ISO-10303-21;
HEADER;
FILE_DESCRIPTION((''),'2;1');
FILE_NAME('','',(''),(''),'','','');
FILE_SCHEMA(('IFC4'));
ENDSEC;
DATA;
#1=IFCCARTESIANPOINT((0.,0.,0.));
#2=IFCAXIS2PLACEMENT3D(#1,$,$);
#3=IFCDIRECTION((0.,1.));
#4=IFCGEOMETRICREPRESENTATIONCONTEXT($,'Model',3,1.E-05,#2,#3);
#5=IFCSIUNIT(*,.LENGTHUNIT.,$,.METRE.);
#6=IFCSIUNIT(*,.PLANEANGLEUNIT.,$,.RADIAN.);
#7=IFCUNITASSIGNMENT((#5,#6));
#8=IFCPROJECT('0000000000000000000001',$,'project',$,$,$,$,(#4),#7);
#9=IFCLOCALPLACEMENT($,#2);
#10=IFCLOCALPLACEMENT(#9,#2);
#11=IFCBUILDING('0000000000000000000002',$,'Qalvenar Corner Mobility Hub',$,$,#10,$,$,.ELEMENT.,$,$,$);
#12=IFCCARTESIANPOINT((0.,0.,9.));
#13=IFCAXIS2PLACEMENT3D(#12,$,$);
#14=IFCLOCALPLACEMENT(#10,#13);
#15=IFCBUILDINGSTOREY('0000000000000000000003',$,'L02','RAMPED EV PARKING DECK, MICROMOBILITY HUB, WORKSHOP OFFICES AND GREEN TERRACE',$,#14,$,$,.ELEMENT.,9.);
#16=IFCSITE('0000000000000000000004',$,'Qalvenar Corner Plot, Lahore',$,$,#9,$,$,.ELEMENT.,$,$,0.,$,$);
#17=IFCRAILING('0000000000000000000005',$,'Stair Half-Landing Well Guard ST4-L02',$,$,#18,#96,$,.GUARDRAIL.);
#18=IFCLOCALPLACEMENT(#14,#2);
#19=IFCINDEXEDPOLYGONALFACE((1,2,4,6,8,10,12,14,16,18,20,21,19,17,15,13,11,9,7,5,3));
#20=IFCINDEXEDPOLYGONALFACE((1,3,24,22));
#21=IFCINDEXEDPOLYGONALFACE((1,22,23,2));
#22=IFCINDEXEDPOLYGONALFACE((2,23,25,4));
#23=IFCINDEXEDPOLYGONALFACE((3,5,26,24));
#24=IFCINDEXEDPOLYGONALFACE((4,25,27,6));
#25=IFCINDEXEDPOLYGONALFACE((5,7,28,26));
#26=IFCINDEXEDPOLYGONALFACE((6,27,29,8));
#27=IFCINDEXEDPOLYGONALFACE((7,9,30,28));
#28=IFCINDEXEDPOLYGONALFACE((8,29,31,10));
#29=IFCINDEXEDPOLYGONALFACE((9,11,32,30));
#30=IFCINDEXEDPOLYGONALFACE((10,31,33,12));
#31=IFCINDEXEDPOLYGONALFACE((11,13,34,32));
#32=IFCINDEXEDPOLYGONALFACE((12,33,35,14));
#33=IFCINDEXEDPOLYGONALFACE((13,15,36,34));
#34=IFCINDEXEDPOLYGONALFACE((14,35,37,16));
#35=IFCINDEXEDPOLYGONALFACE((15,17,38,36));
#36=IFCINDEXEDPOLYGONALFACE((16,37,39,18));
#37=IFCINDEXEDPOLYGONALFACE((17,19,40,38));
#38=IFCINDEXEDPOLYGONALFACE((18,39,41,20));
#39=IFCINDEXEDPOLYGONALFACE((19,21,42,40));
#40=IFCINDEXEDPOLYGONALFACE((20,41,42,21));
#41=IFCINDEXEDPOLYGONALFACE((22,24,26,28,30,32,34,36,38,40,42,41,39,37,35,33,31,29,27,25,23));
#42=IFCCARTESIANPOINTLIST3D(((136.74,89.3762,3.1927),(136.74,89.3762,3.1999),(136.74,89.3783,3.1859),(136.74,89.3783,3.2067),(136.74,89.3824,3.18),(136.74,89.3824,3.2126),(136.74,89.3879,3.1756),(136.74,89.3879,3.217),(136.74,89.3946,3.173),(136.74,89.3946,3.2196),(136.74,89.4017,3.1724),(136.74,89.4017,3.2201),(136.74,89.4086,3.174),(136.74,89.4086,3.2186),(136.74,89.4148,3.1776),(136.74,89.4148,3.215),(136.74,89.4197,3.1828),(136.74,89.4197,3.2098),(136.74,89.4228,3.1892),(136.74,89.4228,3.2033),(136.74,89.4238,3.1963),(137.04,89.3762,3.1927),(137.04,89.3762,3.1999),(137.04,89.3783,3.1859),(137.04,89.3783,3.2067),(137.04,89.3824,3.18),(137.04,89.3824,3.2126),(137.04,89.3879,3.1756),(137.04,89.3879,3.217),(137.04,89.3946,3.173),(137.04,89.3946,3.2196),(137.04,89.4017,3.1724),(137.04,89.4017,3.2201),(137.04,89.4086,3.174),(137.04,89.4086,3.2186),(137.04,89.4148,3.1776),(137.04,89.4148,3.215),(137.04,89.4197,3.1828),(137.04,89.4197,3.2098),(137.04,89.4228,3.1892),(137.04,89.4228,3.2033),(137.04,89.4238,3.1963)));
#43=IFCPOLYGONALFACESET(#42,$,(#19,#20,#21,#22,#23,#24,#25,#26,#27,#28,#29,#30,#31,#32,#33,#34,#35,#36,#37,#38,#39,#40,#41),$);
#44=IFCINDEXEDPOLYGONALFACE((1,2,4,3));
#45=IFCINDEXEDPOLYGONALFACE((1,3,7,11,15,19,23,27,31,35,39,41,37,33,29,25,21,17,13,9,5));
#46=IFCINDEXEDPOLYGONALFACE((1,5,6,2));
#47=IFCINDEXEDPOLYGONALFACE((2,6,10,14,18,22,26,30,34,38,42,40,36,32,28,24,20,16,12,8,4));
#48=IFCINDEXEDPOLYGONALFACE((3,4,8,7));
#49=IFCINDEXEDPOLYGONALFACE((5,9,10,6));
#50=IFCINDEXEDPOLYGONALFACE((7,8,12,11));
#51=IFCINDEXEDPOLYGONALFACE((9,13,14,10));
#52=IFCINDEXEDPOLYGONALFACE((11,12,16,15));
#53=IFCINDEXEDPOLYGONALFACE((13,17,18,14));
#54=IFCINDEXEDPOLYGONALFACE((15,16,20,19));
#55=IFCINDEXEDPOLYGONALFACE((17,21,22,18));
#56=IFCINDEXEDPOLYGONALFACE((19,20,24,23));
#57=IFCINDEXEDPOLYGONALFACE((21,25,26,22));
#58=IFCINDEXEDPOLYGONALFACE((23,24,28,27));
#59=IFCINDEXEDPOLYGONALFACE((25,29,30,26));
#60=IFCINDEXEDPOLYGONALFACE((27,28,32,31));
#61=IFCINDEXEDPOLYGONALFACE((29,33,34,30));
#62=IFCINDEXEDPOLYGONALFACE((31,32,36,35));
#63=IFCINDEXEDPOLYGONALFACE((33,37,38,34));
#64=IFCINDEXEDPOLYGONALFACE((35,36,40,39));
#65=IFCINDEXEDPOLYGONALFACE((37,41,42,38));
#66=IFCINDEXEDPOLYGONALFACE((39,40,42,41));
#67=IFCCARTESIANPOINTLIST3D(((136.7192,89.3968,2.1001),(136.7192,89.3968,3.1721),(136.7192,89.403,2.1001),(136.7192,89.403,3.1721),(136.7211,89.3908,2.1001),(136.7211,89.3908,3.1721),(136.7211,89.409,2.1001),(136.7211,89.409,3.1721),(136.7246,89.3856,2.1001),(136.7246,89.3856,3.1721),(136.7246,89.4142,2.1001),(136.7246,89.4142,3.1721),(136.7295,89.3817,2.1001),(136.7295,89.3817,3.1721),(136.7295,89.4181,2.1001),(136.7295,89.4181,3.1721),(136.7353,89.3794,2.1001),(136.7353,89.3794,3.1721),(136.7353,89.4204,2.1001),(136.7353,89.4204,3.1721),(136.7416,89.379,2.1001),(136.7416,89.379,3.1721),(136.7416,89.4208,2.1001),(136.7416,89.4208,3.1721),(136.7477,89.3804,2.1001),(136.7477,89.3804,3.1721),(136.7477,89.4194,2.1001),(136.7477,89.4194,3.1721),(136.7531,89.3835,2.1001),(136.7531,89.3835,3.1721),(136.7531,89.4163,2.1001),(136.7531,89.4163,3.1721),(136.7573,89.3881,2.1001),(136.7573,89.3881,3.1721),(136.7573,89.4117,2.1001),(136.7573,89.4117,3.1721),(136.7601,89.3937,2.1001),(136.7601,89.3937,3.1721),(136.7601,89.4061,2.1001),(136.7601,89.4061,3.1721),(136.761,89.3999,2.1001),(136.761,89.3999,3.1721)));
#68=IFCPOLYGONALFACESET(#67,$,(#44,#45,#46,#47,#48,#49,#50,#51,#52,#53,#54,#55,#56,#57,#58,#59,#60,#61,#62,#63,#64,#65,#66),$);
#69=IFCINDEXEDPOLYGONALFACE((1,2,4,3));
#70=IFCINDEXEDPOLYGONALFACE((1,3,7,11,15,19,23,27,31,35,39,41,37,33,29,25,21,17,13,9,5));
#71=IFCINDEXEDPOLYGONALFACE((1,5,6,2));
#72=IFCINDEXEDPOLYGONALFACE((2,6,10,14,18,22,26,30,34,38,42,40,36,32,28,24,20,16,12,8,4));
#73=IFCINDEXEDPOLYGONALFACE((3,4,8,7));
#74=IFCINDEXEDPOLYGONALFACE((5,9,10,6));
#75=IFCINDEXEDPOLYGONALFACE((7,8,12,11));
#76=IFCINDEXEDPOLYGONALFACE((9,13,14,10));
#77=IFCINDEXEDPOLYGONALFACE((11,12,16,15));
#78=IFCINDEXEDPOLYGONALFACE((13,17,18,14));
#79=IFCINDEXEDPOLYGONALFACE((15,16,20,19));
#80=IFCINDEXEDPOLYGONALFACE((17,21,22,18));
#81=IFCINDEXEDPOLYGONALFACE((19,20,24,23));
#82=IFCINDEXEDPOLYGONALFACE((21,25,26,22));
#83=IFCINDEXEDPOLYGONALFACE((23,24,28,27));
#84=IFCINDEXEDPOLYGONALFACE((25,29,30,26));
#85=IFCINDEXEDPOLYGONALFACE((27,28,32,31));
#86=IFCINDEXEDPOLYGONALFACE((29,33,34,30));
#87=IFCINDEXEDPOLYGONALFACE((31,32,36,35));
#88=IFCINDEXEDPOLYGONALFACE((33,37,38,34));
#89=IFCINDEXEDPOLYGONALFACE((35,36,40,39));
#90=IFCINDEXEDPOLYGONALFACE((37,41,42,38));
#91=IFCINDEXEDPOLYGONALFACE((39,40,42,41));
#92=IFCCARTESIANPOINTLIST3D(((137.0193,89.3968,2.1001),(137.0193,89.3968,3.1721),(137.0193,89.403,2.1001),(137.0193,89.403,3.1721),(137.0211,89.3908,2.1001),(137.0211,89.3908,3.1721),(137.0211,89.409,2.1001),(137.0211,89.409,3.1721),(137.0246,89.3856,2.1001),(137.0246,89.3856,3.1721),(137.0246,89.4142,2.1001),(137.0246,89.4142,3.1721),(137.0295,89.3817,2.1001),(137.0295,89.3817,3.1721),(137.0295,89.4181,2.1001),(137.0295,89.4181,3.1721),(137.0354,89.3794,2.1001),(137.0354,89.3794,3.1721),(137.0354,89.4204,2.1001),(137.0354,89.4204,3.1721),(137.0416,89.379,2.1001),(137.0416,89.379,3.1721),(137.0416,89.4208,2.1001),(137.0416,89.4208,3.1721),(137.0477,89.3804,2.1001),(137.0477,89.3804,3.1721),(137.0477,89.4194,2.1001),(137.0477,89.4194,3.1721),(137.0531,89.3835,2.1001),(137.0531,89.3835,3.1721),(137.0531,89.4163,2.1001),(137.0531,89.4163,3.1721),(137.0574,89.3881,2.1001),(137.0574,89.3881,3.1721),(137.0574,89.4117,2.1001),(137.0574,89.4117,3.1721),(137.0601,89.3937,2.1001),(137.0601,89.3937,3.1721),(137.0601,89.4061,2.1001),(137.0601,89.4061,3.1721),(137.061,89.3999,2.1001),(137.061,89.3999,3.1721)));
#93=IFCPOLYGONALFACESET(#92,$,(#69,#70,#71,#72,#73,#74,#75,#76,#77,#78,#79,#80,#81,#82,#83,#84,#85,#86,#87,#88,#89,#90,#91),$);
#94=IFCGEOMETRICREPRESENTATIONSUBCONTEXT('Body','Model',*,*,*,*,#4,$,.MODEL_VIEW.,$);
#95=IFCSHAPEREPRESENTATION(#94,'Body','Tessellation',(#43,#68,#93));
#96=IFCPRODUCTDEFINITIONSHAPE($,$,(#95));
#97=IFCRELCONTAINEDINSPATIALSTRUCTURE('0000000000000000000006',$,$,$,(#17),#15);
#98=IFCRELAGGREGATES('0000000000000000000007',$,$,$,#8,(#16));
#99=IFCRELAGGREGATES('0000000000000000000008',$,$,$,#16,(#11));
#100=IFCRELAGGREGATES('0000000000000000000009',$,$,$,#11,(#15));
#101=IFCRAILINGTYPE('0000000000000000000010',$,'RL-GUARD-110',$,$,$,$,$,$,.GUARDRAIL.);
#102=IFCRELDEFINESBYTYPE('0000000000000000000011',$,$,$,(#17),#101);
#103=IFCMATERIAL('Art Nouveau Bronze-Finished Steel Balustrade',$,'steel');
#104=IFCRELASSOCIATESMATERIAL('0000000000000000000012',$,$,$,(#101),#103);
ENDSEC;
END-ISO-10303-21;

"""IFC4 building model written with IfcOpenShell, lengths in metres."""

from ifc_helpers import new_model, si_unit, direction, frame, origin, origin_2d, place, context, subcontext, project, spatial, circle, extrude, material, type_object, element, save


model = new_model("IFC4")

# Units and contexts
model_context = context("Model", 3, precision=1e-05, world=origin(), true_north=direction((0.0, 1.0)))
body_context = subcontext(model_context, "Body", "Model", "MODEL_VIEW")
ifc_project = project(units=[si_unit("LENGTHUNIT", "METRE"), si_unit("PLANEANGLEUNIT", "RADIAN")], contexts=[model_context])

# Site, building, storey
site_placement = place(None, origin())
site = spatial("IfcSite", under=ifc_project, at=site_placement, Name="Qalvenar Corner Plot, Lahore", CompositionType="ELEMENT", RefElevation=0.0)
building_placement = place(site_placement, origin())
building = spatial("IfcBuilding", under=site, at=building_placement, Name="Qalvenar Corner Mobility Hub", CompositionType="ELEMENT")
storey_placement = place(building_placement, frame((0.0, 0.0, 9.0)))
storey = spatial("IfcBuildingStorey", under=building, at=storey_placement, Name="L02", Description="RAMPED EV PARKING DECK, MICROMOBILITY HUB, WORKSHOP OFFICES AND GREEN TERRACE", CompositionType="ELEMENT", Elevation=9.0)

# Railing
ifc_material_1 = material(Name="Art Nouveau Bronze-Finished Steel Balustrade", Category="steel")
railing_type_1 = type_object("IfcRailingType", Name="RL-GUARD-110", PredefinedType="GUARDRAIL", material=ifc_material_1)
for number, where, name in (
    (1, (136.74, 89.3999, 2.1001), "Stair Half-Landing Well Guard ST4-L02"),
):
    element("IfcRailing", number, at=place(storey_placement, frame(where)), inside=storey, type_object=railing_type_1, Name=name, PredefinedType="GUARDRAIL", context=body_context, shape_type="SweptSolid", body=[
        extrude(circle(Radius=0.0239, at=origin_2d()), frame((0.0, 0.0, 1.0962), z_axis=(1.0, 0.0, 0.0), x_axis=(0.0, 1.0, 0.0)), (0.0, 0.0, 1.0), 0.3),
        extrude(circle(Radius=0.021, at=origin_2d()), origin(), (0.0, 0.0, 1.0), 1.072),
        extrude(circle(Radius=0.021, at=origin_2d()), frame((0.3, 0.0, 0.0)), (0.0, 0.0, 1.0), 1.072),
    ])

save(model, "model.ifc")
